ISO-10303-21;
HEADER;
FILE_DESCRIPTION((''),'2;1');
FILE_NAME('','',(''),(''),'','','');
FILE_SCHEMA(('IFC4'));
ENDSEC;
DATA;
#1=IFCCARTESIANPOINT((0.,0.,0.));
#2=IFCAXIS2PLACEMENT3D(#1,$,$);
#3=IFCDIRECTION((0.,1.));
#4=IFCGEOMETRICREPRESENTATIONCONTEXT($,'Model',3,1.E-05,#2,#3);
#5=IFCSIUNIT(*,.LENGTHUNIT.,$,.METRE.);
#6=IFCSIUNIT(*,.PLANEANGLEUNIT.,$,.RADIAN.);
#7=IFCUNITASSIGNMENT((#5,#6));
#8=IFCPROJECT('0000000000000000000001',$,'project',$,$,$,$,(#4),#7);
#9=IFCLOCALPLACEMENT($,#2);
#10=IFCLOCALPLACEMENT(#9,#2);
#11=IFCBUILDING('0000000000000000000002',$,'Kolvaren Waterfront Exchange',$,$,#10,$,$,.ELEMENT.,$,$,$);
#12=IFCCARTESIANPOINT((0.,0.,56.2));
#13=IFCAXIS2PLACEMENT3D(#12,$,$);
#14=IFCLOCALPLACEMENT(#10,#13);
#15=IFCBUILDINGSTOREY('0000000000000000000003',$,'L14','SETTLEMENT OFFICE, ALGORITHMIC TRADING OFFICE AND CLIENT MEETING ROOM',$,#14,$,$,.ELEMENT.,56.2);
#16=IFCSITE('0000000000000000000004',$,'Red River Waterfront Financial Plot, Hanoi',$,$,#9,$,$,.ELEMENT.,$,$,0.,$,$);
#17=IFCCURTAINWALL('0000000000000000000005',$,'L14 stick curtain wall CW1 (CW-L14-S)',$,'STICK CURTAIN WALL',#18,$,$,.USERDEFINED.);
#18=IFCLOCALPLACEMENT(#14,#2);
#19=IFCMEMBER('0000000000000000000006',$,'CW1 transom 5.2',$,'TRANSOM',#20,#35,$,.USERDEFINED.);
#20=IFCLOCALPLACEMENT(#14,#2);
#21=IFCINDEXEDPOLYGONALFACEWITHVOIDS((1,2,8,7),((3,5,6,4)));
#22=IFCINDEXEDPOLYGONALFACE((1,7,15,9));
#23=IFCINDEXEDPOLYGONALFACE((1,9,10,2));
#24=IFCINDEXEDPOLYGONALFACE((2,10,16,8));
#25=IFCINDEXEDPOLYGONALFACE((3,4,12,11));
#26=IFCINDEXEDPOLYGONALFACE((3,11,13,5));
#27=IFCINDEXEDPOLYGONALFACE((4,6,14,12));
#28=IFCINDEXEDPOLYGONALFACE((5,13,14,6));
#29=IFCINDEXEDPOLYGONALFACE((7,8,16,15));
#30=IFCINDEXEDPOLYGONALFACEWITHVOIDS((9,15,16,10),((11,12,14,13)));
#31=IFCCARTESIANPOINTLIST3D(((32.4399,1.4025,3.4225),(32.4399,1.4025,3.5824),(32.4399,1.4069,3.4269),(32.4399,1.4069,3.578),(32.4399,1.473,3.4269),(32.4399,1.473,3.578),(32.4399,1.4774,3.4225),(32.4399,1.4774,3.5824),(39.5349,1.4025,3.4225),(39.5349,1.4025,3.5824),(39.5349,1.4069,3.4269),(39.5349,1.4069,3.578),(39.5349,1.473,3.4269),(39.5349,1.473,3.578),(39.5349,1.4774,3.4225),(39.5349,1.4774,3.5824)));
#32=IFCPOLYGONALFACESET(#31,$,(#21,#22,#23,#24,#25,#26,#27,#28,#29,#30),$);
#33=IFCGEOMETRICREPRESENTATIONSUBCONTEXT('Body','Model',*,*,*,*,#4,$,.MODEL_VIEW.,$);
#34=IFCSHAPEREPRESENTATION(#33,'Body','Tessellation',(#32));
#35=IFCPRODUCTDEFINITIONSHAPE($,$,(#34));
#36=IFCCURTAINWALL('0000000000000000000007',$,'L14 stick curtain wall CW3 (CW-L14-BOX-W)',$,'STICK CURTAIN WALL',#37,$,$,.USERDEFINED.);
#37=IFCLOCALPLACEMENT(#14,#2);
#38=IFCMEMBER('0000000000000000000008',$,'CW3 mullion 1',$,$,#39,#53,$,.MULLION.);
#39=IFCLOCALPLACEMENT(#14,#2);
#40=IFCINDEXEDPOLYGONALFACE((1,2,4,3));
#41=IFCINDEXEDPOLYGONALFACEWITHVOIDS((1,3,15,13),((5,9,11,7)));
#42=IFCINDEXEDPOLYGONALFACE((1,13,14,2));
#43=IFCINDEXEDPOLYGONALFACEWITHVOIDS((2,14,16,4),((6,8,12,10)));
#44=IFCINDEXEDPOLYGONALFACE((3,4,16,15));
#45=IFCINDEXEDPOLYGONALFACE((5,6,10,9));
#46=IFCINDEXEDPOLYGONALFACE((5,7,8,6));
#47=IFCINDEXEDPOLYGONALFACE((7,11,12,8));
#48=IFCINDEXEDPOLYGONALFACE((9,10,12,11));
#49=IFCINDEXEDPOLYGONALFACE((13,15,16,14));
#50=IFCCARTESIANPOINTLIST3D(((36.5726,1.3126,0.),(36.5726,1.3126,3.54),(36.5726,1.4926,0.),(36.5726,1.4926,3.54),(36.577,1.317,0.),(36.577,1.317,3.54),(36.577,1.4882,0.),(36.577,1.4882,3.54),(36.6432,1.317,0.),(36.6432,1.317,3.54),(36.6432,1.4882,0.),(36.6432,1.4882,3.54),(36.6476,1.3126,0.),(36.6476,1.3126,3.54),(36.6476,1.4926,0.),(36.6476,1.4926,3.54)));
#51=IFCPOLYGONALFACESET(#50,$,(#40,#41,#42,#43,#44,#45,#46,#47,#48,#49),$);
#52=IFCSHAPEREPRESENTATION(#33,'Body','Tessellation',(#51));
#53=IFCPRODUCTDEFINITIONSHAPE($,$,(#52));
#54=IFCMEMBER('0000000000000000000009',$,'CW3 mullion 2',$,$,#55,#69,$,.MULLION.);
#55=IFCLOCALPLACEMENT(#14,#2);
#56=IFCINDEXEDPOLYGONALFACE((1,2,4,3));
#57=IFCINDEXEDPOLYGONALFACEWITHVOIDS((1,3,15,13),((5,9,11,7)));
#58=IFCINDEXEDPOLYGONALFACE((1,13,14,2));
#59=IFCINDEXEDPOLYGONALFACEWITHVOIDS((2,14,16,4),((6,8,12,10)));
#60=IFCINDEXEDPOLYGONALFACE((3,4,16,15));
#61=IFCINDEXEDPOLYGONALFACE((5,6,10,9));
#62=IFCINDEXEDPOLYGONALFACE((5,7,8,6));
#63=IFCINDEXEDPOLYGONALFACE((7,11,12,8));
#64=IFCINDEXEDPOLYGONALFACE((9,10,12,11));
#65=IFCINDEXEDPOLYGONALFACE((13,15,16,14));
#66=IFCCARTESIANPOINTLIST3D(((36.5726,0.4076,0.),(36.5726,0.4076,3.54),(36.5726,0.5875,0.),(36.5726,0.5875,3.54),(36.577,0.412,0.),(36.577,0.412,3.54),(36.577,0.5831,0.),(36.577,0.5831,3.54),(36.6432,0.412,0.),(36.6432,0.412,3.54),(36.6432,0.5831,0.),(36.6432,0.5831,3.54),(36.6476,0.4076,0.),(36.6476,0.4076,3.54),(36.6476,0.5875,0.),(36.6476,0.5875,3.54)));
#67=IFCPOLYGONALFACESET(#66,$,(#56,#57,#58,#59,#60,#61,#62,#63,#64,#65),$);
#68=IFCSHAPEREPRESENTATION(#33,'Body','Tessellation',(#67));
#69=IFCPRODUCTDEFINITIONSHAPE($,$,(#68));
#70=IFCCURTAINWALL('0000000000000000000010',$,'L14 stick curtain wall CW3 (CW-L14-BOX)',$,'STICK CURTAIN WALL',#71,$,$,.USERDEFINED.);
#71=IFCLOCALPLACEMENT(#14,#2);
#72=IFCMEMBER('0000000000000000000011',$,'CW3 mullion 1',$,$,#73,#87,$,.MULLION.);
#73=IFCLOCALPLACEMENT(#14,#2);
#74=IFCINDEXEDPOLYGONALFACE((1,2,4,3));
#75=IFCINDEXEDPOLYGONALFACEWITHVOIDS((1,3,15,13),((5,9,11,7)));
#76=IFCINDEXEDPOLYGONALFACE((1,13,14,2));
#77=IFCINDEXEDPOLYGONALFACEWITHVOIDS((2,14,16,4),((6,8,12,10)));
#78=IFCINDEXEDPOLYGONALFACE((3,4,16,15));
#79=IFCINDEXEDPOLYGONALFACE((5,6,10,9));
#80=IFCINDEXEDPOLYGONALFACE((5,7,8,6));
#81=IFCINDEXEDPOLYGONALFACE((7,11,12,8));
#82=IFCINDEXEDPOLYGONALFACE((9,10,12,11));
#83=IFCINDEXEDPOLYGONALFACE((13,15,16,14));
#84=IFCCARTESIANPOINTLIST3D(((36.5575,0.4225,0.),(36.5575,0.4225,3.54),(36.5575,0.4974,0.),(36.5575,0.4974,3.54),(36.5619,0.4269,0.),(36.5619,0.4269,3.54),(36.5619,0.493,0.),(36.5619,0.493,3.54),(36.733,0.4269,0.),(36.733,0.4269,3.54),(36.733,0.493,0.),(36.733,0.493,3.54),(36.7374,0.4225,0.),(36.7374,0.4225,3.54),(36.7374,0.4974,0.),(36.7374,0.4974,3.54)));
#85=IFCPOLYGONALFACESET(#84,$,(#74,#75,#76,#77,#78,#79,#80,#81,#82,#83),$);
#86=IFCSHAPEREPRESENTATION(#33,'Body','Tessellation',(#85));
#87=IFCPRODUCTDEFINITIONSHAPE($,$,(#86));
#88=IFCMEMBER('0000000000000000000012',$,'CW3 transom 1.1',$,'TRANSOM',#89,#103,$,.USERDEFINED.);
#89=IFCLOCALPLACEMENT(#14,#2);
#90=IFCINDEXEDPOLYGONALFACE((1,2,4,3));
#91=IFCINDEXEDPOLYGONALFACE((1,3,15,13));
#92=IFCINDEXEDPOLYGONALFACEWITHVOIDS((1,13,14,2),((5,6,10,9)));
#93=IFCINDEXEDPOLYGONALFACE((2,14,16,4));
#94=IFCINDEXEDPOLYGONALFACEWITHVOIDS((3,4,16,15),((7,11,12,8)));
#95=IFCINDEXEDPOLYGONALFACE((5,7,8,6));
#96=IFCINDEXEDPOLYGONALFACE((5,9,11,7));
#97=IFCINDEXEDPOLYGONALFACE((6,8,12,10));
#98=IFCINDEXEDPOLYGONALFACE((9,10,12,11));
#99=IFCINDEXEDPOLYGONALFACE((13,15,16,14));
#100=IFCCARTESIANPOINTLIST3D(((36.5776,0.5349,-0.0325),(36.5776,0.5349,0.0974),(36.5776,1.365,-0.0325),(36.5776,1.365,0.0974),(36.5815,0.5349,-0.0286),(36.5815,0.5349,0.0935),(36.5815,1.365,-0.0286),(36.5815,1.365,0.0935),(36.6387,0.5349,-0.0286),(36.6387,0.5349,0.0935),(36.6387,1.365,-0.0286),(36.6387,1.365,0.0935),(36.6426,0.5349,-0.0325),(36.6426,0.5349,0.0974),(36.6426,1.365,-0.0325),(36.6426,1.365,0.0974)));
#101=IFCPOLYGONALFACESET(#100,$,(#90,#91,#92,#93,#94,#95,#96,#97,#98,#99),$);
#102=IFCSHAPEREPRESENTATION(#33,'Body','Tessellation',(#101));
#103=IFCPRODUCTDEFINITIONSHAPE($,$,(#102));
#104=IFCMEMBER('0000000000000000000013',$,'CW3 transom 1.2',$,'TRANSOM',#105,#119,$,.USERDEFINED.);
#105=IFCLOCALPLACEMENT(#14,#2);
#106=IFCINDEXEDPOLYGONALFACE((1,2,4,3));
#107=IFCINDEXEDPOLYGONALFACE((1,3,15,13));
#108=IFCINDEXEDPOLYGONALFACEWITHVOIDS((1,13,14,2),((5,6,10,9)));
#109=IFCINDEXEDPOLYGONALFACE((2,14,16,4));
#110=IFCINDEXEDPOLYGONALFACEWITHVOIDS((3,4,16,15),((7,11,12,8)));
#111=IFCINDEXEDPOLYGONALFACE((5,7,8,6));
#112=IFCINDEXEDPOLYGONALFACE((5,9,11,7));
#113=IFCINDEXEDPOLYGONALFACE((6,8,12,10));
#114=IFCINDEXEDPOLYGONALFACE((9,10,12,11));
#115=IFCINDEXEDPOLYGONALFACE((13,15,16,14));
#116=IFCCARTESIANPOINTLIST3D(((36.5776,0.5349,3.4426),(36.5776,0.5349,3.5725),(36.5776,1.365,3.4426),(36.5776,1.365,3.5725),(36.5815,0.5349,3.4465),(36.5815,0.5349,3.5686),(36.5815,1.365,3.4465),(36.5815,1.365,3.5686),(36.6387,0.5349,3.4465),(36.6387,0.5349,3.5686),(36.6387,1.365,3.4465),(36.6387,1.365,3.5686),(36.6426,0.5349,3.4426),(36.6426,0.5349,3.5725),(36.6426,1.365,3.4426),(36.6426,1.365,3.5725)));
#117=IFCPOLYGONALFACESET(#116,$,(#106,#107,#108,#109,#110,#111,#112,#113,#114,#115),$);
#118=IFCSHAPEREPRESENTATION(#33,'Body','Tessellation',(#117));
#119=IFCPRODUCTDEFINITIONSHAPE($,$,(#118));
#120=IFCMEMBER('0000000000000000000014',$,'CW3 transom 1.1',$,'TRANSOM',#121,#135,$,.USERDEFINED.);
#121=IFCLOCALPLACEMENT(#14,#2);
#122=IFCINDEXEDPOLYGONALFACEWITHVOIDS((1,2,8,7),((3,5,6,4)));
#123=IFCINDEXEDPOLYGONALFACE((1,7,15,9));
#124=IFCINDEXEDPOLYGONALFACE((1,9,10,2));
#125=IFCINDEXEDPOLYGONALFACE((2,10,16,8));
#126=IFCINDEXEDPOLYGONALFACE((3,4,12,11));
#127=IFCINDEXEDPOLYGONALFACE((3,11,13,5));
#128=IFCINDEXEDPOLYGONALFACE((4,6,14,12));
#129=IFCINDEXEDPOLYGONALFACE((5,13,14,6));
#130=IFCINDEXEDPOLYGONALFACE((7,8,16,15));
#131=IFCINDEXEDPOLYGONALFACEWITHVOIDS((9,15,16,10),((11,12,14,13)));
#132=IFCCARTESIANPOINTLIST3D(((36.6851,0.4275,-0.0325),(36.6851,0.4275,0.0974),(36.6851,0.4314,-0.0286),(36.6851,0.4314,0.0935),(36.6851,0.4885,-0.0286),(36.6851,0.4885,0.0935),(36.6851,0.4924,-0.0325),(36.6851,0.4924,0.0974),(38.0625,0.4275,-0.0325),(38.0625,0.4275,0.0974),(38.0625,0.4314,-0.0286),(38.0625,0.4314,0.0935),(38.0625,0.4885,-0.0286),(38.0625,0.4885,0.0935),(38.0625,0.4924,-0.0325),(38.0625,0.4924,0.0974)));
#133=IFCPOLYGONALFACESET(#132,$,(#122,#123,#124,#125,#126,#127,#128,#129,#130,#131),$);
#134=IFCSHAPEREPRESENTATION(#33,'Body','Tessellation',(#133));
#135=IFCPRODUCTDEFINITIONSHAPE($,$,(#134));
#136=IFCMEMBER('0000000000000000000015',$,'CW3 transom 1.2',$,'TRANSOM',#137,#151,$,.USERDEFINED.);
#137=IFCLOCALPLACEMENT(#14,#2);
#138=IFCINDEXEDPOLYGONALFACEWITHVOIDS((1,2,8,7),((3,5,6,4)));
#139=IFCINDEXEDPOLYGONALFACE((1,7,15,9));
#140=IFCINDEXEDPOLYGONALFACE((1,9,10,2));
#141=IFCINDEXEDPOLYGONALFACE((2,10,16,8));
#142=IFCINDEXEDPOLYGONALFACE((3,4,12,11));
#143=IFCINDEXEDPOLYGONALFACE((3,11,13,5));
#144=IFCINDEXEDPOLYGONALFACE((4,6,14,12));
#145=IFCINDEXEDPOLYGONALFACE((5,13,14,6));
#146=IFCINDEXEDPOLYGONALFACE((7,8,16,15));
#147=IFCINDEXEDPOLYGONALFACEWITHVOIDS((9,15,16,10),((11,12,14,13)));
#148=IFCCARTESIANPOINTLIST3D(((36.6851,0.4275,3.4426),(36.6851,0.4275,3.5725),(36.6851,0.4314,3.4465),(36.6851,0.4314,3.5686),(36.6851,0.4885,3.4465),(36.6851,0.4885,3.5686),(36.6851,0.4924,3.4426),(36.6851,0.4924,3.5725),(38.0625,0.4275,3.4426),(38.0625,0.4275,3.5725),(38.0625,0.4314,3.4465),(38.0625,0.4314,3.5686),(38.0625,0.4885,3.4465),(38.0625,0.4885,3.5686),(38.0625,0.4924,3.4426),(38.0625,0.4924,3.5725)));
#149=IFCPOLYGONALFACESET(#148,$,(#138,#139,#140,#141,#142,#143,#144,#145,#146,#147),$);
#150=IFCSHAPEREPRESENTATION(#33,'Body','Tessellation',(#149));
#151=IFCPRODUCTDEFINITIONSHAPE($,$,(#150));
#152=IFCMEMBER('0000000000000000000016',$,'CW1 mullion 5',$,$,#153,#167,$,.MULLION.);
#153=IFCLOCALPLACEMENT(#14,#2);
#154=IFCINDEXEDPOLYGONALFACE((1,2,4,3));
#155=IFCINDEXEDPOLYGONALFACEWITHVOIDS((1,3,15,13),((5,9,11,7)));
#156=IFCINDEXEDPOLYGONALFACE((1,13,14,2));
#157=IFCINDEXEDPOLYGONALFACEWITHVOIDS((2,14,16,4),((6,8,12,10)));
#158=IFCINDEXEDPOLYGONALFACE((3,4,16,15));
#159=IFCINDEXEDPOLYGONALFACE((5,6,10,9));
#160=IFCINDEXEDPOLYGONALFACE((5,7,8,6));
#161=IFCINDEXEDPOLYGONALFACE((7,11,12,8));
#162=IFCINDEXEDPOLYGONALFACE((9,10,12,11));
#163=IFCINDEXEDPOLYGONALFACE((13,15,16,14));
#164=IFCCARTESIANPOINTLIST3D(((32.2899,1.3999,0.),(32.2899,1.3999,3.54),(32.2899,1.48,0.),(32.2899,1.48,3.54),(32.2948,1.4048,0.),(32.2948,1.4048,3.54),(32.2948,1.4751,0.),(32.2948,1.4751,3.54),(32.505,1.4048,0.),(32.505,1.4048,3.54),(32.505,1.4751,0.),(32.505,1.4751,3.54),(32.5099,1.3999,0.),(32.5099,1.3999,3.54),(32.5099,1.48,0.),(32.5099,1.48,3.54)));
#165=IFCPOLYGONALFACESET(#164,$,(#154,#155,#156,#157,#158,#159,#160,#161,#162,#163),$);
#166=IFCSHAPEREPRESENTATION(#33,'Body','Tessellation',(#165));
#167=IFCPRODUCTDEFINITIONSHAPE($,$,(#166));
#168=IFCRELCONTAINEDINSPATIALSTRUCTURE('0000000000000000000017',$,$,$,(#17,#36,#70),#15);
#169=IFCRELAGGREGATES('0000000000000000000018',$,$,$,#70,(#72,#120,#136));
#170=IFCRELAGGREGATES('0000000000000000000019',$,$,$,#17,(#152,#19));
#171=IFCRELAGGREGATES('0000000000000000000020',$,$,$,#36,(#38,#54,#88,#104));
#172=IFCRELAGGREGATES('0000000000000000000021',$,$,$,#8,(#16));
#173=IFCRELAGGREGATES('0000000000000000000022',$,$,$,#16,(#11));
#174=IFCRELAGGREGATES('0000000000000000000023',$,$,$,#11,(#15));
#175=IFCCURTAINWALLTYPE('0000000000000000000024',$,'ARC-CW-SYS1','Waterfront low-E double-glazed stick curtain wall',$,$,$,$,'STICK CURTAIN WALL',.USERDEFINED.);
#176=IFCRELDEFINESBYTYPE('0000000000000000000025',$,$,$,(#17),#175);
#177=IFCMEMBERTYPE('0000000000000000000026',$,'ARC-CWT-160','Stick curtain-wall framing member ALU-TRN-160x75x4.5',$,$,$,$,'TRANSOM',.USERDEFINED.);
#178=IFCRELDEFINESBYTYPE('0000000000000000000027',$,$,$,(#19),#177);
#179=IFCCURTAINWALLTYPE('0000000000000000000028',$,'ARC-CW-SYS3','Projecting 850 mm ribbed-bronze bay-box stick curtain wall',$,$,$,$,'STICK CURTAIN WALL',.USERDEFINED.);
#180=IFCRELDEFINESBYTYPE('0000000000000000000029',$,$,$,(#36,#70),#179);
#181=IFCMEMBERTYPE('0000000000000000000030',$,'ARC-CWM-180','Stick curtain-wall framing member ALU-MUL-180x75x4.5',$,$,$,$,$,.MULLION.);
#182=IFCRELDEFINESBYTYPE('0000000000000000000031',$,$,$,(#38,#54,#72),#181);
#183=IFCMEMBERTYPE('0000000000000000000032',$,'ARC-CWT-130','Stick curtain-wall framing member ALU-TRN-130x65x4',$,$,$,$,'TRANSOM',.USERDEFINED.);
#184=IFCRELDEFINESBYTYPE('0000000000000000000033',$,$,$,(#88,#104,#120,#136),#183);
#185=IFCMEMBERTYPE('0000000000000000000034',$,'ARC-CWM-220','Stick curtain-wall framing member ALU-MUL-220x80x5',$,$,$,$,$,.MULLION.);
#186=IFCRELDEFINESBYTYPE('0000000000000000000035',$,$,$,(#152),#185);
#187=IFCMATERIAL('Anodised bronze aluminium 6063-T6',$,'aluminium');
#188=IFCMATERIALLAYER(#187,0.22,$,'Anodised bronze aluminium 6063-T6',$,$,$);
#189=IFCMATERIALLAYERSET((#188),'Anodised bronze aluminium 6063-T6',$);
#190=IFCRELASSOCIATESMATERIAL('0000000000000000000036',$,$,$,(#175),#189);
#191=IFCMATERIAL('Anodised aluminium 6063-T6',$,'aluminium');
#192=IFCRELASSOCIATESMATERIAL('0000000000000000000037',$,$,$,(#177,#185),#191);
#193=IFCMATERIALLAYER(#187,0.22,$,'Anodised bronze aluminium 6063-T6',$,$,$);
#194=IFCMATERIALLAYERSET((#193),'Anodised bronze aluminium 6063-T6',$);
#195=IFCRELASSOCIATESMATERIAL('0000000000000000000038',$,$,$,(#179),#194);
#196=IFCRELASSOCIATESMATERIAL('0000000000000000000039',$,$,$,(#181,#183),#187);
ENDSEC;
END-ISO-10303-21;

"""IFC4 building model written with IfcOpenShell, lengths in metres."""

from ifc_helpers import new_model, si_unit, direction, frame, origin, origin_with_axes, origin_2d, place, context, subcontext, project, spatial, hollow_rectangle, extrude, source, transform, mapped, material, layer, layer_set, material_profile, profile_set, type_object, element, aggregate, save


model = new_model("IFC4")

# Units and contexts
model_context = context("Model", 3, precision=1e-05, world=origin(), true_north=direction((0.0, 1.0)))
body_context = subcontext(model_context, "Body", "Model", "MODEL_VIEW")
ifc_project = project(units=[si_unit("LENGTHUNIT", "METRE"), si_unit("PLANEANGLEUNIT", "RADIAN")], contexts=[model_context])

# Site, building, storey
site_placement = place(None, origin())
site = spatial("IfcSite", under=ifc_project, at=site_placement, Name="Red River Waterfront Financial Plot, Hanoi", CompositionType="ELEMENT", RefElevation=0.0)
building_placement = place(site_placement, origin())
building = spatial("IfcBuilding", under=site, at=building_placement, Name="Kolvaren Waterfront Exchange", CompositionType="ELEMENT")
storey_placement = place(building_placement, frame((0.0, 0.0, 56.2)))
storey = spatial("IfcBuildingStorey", under=building, at=storey_placement, Name="L14", Description="SETTLEMENT OFFICE, ALGORITHMIC TRADING OFFICE AND CLIENT MEETING ROOM", CompositionType="ELEMENT", Elevation=56.2)

# Curtain walls, members
ifc_material_1 = material(Name="Anodised bronze aluminium 6063-T6", Category="aluminium")
ifc_layer_1 = layer(ifc_material_1, 0.22, Name="Anodised bronze aluminium 6063-T6")
ifc_layer_set_1 = layer_set([ifc_layer_1], Name="Anodised bronze aluminium 6063-T6")
curtain_wall_type_1 = type_object("IfcCurtainWallType", Name="ARC-CW-SYS1", Description="Waterfront low-E double-glazed stick curtain wall", ElementType="STICK CURTAIN WALL", PredefinedType="USERDEFINED", material=ifc_layer_set_1)
curtain_wall_1_placement = place(storey_placement, origin())
curtain_wall_1 = element("IfcCurtainWall", 1, at=curtain_wall_1_placement, inside=storey, type_object=curtain_wall_type_1, Name="L14 stick curtain wall CW1 (CW-L14-S)", ObjectType="STICK CURTAIN WALL", PredefinedType="USERDEFINED")
ifc_material_2 = material(Name="Anodised aluminium 6063-T6", Category="aluminium")
ifc_material_profile_1 = material_profile(ifc_material_2, hollow_rectangle(XDim=0.075, YDim=0.1599, WallThickness=0.0044, at=origin_2d()), Name="ALU-TRN-160x75x4.5")
ifc_profile_set_1 = profile_set([ifc_material_profile_1], Name="Anodised aluminium 6063-T6")
member_type_1 = type_object("IfcMemberType", Name="ARC-CWT-160", Description="Stick curtain-wall framing member ALU-TRN-160x75x4.5", ElementType="TRANSOM", PredefinedType="USERDEFINED", material=ifc_profile_set_1)
shared_shape_1 = source(origin_with_axes(), body_context, "Body", "SweptSolid", [
    extrude(hollow_rectangle(XDim=0.075, YDim=0.1599, WallThickness=0.0044, at=origin_2d()), origin(), (0.0, 0.0, 1.0), 7.095),
])
member_1_placement = place(storey_placement, frame((32.4399, 1.4399, 3.5024), z_axis=(1.0, 0.0, 0.0), x_axis=(0.0, 1.0, 0.0)))
member_1 = element("IfcMember", 2, at=member_1_placement, type_object=member_type_1, Name="CW1 transom 5.2", ObjectType="TRANSOM", PredefinedType="USERDEFINED", context=body_context, shape_type="MappedRepresentation", body=[
    mapped(shared_shape_1, transform((0.0, 0.0, 0.0), x_axis=(1.0, 0.0, 0.0), y_axis=(0.0, 1.0, 0.0), z_axis=(0.0, 0.0, 1.0), scale=1.0)),
])
ifc_layer_2 = layer(ifc_material_1, 0.22, Name="Anodised bronze aluminium 6063-T6")
ifc_layer_set_2 = layer_set([ifc_layer_2], Name="Anodised bronze aluminium 6063-T6")
curtain_wall_type_2 = type_object("IfcCurtainWallType", Name="ARC-CW-SYS3", Description="Projecting 850 mm ribbed-bronze bay-box stick curtain wall", ElementType="STICK CURTAIN WALL", PredefinedType="USERDEFINED", material=ifc_layer_set_2)
curtain_wall_2_placement = place(storey_placement, origin())
curtain_wall_2 = element("IfcCurtainWall", 3, at=curtain_wall_2_placement, inside=storey, type_object=curtain_wall_type_2, Name="L14 stick curtain wall CW3 (CW-L14-BOX-W)", ObjectType="STICK CURTAIN WALL", PredefinedType="USERDEFINED")
ifc_material_profile_2 = material_profile(ifc_material_1, hollow_rectangle(XDim=0.075, YDim=0.1799, WallThickness=0.0044, at=origin_2d()), Name="ALU-MUL-180x75x4.5")
ifc_profile_set_2 = profile_set([ifc_material_profile_2], Name="Anodised bronze aluminium 6063-T6")
member_type_2 = type_object("IfcMemberType", Name="ARC-CWM-180", Description="Stick curtain-wall framing member ALU-MUL-180x75x4.5", PredefinedType="MULLION", material=ifc_profile_set_2)
shared_shape_2 = source(origin_with_axes(), body_context, "Body", "SweptSolid", [
    extrude(hollow_rectangle(XDim=0.075, YDim=0.1799, WallThickness=0.0044, at=origin_2d()), origin(), (0.0, 0.0, 1.0), 3.54),
])
member_2_placement = place(storey_placement, frame((36.6101, 1.4026, 0.0), z_axis=(0.0, 0.0, 1.0), x_axis=(1.0, 0.0, 0.0)))
member_2 = element("IfcMember", 4, at=member_2_placement, type_object=member_type_2, Name="CW3 mullion 1", PredefinedType="MULLION", context=body_context, shape_type="MappedRepresentation", body=[
    mapped(shared_shape_2, transform((0.0, 0.0, 0.0), x_axis=(1.0, 0.0, 0.0), y_axis=(0.0, 1.0, 0.0), z_axis=(0.0, 0.0, 1.0), scale=1.0)),
])
member_3_placement = place(storey_placement, frame((36.6101, 0.4976, 0.0), z_axis=(0.0, 0.0, 1.0), x_axis=(1.0, 0.0, 0.0)))
member_3 = element("IfcMember", 5, at=member_3_placement, type_object=member_type_2, Name="CW3 mullion 2", PredefinedType="MULLION", context=body_context, shape_type="MappedRepresentation", body=[
    mapped(shared_shape_2, transform((0.0, 0.0, 0.0), x_axis=(1.0, 0.0, 0.0), y_axis=(0.0, 1.0, 0.0), z_axis=(0.0, 0.0, 1.0), scale=1.0)),
])

# Curtain wall, member
curtain_wall_3_placement = place(storey_placement, origin())
curtain_wall_3 = element("IfcCurtainWall", 6, at=curtain_wall_3_placement, inside=storey, type_object=curtain_wall_type_2, Name="L14 stick curtain wall CW3 (CW-L14-BOX)", ObjectType="STICK CURTAIN WALL", PredefinedType="USERDEFINED")
member_4_placement = place(storey_placement, frame((36.6475, 0.46, 0.0), z_axis=(0.0, 0.0, 1.0), x_axis=(0.0, 1.0, 0.0)))
member_4 = element("IfcMember", 7, at=member_4_placement, type_object=member_type_2, Name="CW3 mullion 1", PredefinedType="MULLION", context=body_context, shape_type="MappedRepresentation", body=[
    mapped(shared_shape_2, transform((0.0, 0.0, 0.0), x_axis=(1.0, 0.0, 0.0), y_axis=(0.0, 1.0, 0.0), z_axis=(0.0, 0.0, 1.0), scale=1.0)),
])

# Members
ifc_material_profile_3 = material_profile(ifc_material_1, hollow_rectangle(XDim=0.0649, YDim=0.1299, WallThickness=0.0039, at=origin_2d()), Name="ALU-TRN-130x65x4")
ifc_profile_set_3 = profile_set([ifc_material_profile_3], Name="Anodised bronze aluminium 6063-T6")
member_type_3 = type_object("IfcMemberType", Name="ARC-CWT-130", Description="Stick curtain-wall framing member ALU-TRN-130x65x4", ElementType="TRANSOM", PredefinedType="USERDEFINED", material=ifc_profile_set_3)
shared_shape_3 = source(origin_with_axes(), body_context, "Body", "SweptSolid", [
    extrude(hollow_rectangle(XDim=0.0649, YDim=0.1299, WallThickness=0.0039, at=origin_2d()), origin(), (0.0, 0.0, 1.0), 0.8301),
])
member_5_placement = place(storey_placement, frame((36.6101, 1.365, 0.0325), z_axis=(0.0, -1.0, 0.0), x_axis=(1.0, 0.0, 0.0)))
member_5 = element("IfcMember", 8, at=member_5_placement, type_object=member_type_3, Name="CW3 transom 1.1", ObjectType="TRANSOM", PredefinedType="USERDEFINED", context=body_context, shape_type="MappedRepresentation", body=[
    mapped(shared_shape_3, transform((0.0, 0.0, 0.0), x_axis=(1.0, 0.0, 0.0), y_axis=(0.0, 1.0, 0.0), z_axis=(0.0, 0.0, 1.0), scale=1.0)),
])
member_6_placement = place(storey_placement, frame((36.6101, 1.365, 3.5076), z_axis=(0.0, -1.0, 0.0), x_axis=(1.0, 0.0, 0.0)))
member_6 = element("IfcMember", 9, at=member_6_placement, type_object=member_type_3, Name="CW3 transom 1.2", ObjectType="TRANSOM", PredefinedType="USERDEFINED", context=body_context, shape_type="MappedRepresentation", body=[
    mapped(shared_shape_3, transform((0.0, 0.0, 0.0), x_axis=(1.0, 0.0, 0.0), y_axis=(0.0, 1.0, 0.0), z_axis=(0.0, 0.0, 1.0), scale=1.0)),
])
shared_shape_4 = source(origin_with_axes(), body_context, "Body", "SweptSolid", [
    extrude(hollow_rectangle(XDim=0.0649, YDim=0.1299, WallThickness=0.0039, at=origin_2d()), origin(), (0.0, 0.0, 1.0), 1.3774),
])
member_7_placement = place(storey_placement, frame((36.6851, 0.46, 0.0325), z_axis=(1.0, 0.0, 0.0), x_axis=(0.0, 1.0, 0.0)))
member_7 = element("IfcMember", 10, at=member_7_placement, type_object=member_type_3, Name="CW3 transom 1.1", ObjectType="TRANSOM", PredefinedType="USERDEFINED", context=body_context, shape_type="MappedRepresentation", body=[
    mapped(shared_shape_4, transform((0.0, 0.0, 0.0), x_axis=(1.0, 0.0, 0.0), y_axis=(0.0, 1.0, 0.0), z_axis=(0.0, 0.0, 1.0), scale=1.0)),
])
member_8_placement = place(storey_placement, frame((36.6851, 0.46, 3.5076), z_axis=(1.0, 0.0, 0.0), x_axis=(0.0, 1.0, 0.0)))
member_8 = element("IfcMember", 11, at=member_8_placement, type_object=member_type_3, Name="CW3 transom 1.2", ObjectType="TRANSOM", PredefinedType="USERDEFINED", context=body_context, shape_type="MappedRepresentation", body=[
    mapped(shared_shape_4, transform((0.0, 0.0, 0.0), x_axis=(1.0, 0.0, 0.0), y_axis=(0.0, 1.0, 0.0), z_axis=(0.0, 0.0, 1.0), scale=1.0)),
])
aggregate(curtain_wall_3, [member_4, member_7, member_8])
ifc_material_profile_4 = material_profile(ifc_material_2, hollow_rectangle(XDim=0.0801, YDim=0.22, WallThickness=0.0049, at=origin_2d()), Name="ALU-MUL-220x80x5")
ifc_profile_set_4 = profile_set([ifc_material_profile_4], Name="Anodised aluminium 6063-T6")
member_type_4 = type_object("IfcMemberType", Name="ARC-CWM-220", Description="Stick curtain-wall framing member ALU-MUL-220x80x5", PredefinedType="MULLION", material=ifc_profile_set_4)
shared_shape_5 = source(origin_with_axes(), body_context, "Body", "SweptSolid", [
    extrude(hollow_rectangle(XDim=0.0801, YDim=0.22, WallThickness=0.0049, at=origin_2d()), origin(), (0.0, 0.0, 1.0), 3.54),
])
member_9_placement = place(storey_placement, frame((32.3999, 1.4399, 0.0), z_axis=(0.0, 0.0, 1.0), x_axis=(0.0, 1.0, 0.0)))
member_9 = element("IfcMember", 12, at=member_9_placement, type_object=member_type_4, Name="CW1 mullion 5", PredefinedType="MULLION", context=body_context, shape_type="MappedRepresentation", body=[
    mapped(shared_shape_5, transform((0.0, 0.0, 0.0), x_axis=(1.0, 0.0, 0.0), y_axis=(0.0, 1.0, 0.0), z_axis=(0.0, 0.0, 1.0), scale=1.0)),
])

aggregate(curtain_wall_1, [member_9, member_1])
aggregate(curtain_wall_2, [member_2, member_3, member_5, member_6])

save(model, "model.ifc")
